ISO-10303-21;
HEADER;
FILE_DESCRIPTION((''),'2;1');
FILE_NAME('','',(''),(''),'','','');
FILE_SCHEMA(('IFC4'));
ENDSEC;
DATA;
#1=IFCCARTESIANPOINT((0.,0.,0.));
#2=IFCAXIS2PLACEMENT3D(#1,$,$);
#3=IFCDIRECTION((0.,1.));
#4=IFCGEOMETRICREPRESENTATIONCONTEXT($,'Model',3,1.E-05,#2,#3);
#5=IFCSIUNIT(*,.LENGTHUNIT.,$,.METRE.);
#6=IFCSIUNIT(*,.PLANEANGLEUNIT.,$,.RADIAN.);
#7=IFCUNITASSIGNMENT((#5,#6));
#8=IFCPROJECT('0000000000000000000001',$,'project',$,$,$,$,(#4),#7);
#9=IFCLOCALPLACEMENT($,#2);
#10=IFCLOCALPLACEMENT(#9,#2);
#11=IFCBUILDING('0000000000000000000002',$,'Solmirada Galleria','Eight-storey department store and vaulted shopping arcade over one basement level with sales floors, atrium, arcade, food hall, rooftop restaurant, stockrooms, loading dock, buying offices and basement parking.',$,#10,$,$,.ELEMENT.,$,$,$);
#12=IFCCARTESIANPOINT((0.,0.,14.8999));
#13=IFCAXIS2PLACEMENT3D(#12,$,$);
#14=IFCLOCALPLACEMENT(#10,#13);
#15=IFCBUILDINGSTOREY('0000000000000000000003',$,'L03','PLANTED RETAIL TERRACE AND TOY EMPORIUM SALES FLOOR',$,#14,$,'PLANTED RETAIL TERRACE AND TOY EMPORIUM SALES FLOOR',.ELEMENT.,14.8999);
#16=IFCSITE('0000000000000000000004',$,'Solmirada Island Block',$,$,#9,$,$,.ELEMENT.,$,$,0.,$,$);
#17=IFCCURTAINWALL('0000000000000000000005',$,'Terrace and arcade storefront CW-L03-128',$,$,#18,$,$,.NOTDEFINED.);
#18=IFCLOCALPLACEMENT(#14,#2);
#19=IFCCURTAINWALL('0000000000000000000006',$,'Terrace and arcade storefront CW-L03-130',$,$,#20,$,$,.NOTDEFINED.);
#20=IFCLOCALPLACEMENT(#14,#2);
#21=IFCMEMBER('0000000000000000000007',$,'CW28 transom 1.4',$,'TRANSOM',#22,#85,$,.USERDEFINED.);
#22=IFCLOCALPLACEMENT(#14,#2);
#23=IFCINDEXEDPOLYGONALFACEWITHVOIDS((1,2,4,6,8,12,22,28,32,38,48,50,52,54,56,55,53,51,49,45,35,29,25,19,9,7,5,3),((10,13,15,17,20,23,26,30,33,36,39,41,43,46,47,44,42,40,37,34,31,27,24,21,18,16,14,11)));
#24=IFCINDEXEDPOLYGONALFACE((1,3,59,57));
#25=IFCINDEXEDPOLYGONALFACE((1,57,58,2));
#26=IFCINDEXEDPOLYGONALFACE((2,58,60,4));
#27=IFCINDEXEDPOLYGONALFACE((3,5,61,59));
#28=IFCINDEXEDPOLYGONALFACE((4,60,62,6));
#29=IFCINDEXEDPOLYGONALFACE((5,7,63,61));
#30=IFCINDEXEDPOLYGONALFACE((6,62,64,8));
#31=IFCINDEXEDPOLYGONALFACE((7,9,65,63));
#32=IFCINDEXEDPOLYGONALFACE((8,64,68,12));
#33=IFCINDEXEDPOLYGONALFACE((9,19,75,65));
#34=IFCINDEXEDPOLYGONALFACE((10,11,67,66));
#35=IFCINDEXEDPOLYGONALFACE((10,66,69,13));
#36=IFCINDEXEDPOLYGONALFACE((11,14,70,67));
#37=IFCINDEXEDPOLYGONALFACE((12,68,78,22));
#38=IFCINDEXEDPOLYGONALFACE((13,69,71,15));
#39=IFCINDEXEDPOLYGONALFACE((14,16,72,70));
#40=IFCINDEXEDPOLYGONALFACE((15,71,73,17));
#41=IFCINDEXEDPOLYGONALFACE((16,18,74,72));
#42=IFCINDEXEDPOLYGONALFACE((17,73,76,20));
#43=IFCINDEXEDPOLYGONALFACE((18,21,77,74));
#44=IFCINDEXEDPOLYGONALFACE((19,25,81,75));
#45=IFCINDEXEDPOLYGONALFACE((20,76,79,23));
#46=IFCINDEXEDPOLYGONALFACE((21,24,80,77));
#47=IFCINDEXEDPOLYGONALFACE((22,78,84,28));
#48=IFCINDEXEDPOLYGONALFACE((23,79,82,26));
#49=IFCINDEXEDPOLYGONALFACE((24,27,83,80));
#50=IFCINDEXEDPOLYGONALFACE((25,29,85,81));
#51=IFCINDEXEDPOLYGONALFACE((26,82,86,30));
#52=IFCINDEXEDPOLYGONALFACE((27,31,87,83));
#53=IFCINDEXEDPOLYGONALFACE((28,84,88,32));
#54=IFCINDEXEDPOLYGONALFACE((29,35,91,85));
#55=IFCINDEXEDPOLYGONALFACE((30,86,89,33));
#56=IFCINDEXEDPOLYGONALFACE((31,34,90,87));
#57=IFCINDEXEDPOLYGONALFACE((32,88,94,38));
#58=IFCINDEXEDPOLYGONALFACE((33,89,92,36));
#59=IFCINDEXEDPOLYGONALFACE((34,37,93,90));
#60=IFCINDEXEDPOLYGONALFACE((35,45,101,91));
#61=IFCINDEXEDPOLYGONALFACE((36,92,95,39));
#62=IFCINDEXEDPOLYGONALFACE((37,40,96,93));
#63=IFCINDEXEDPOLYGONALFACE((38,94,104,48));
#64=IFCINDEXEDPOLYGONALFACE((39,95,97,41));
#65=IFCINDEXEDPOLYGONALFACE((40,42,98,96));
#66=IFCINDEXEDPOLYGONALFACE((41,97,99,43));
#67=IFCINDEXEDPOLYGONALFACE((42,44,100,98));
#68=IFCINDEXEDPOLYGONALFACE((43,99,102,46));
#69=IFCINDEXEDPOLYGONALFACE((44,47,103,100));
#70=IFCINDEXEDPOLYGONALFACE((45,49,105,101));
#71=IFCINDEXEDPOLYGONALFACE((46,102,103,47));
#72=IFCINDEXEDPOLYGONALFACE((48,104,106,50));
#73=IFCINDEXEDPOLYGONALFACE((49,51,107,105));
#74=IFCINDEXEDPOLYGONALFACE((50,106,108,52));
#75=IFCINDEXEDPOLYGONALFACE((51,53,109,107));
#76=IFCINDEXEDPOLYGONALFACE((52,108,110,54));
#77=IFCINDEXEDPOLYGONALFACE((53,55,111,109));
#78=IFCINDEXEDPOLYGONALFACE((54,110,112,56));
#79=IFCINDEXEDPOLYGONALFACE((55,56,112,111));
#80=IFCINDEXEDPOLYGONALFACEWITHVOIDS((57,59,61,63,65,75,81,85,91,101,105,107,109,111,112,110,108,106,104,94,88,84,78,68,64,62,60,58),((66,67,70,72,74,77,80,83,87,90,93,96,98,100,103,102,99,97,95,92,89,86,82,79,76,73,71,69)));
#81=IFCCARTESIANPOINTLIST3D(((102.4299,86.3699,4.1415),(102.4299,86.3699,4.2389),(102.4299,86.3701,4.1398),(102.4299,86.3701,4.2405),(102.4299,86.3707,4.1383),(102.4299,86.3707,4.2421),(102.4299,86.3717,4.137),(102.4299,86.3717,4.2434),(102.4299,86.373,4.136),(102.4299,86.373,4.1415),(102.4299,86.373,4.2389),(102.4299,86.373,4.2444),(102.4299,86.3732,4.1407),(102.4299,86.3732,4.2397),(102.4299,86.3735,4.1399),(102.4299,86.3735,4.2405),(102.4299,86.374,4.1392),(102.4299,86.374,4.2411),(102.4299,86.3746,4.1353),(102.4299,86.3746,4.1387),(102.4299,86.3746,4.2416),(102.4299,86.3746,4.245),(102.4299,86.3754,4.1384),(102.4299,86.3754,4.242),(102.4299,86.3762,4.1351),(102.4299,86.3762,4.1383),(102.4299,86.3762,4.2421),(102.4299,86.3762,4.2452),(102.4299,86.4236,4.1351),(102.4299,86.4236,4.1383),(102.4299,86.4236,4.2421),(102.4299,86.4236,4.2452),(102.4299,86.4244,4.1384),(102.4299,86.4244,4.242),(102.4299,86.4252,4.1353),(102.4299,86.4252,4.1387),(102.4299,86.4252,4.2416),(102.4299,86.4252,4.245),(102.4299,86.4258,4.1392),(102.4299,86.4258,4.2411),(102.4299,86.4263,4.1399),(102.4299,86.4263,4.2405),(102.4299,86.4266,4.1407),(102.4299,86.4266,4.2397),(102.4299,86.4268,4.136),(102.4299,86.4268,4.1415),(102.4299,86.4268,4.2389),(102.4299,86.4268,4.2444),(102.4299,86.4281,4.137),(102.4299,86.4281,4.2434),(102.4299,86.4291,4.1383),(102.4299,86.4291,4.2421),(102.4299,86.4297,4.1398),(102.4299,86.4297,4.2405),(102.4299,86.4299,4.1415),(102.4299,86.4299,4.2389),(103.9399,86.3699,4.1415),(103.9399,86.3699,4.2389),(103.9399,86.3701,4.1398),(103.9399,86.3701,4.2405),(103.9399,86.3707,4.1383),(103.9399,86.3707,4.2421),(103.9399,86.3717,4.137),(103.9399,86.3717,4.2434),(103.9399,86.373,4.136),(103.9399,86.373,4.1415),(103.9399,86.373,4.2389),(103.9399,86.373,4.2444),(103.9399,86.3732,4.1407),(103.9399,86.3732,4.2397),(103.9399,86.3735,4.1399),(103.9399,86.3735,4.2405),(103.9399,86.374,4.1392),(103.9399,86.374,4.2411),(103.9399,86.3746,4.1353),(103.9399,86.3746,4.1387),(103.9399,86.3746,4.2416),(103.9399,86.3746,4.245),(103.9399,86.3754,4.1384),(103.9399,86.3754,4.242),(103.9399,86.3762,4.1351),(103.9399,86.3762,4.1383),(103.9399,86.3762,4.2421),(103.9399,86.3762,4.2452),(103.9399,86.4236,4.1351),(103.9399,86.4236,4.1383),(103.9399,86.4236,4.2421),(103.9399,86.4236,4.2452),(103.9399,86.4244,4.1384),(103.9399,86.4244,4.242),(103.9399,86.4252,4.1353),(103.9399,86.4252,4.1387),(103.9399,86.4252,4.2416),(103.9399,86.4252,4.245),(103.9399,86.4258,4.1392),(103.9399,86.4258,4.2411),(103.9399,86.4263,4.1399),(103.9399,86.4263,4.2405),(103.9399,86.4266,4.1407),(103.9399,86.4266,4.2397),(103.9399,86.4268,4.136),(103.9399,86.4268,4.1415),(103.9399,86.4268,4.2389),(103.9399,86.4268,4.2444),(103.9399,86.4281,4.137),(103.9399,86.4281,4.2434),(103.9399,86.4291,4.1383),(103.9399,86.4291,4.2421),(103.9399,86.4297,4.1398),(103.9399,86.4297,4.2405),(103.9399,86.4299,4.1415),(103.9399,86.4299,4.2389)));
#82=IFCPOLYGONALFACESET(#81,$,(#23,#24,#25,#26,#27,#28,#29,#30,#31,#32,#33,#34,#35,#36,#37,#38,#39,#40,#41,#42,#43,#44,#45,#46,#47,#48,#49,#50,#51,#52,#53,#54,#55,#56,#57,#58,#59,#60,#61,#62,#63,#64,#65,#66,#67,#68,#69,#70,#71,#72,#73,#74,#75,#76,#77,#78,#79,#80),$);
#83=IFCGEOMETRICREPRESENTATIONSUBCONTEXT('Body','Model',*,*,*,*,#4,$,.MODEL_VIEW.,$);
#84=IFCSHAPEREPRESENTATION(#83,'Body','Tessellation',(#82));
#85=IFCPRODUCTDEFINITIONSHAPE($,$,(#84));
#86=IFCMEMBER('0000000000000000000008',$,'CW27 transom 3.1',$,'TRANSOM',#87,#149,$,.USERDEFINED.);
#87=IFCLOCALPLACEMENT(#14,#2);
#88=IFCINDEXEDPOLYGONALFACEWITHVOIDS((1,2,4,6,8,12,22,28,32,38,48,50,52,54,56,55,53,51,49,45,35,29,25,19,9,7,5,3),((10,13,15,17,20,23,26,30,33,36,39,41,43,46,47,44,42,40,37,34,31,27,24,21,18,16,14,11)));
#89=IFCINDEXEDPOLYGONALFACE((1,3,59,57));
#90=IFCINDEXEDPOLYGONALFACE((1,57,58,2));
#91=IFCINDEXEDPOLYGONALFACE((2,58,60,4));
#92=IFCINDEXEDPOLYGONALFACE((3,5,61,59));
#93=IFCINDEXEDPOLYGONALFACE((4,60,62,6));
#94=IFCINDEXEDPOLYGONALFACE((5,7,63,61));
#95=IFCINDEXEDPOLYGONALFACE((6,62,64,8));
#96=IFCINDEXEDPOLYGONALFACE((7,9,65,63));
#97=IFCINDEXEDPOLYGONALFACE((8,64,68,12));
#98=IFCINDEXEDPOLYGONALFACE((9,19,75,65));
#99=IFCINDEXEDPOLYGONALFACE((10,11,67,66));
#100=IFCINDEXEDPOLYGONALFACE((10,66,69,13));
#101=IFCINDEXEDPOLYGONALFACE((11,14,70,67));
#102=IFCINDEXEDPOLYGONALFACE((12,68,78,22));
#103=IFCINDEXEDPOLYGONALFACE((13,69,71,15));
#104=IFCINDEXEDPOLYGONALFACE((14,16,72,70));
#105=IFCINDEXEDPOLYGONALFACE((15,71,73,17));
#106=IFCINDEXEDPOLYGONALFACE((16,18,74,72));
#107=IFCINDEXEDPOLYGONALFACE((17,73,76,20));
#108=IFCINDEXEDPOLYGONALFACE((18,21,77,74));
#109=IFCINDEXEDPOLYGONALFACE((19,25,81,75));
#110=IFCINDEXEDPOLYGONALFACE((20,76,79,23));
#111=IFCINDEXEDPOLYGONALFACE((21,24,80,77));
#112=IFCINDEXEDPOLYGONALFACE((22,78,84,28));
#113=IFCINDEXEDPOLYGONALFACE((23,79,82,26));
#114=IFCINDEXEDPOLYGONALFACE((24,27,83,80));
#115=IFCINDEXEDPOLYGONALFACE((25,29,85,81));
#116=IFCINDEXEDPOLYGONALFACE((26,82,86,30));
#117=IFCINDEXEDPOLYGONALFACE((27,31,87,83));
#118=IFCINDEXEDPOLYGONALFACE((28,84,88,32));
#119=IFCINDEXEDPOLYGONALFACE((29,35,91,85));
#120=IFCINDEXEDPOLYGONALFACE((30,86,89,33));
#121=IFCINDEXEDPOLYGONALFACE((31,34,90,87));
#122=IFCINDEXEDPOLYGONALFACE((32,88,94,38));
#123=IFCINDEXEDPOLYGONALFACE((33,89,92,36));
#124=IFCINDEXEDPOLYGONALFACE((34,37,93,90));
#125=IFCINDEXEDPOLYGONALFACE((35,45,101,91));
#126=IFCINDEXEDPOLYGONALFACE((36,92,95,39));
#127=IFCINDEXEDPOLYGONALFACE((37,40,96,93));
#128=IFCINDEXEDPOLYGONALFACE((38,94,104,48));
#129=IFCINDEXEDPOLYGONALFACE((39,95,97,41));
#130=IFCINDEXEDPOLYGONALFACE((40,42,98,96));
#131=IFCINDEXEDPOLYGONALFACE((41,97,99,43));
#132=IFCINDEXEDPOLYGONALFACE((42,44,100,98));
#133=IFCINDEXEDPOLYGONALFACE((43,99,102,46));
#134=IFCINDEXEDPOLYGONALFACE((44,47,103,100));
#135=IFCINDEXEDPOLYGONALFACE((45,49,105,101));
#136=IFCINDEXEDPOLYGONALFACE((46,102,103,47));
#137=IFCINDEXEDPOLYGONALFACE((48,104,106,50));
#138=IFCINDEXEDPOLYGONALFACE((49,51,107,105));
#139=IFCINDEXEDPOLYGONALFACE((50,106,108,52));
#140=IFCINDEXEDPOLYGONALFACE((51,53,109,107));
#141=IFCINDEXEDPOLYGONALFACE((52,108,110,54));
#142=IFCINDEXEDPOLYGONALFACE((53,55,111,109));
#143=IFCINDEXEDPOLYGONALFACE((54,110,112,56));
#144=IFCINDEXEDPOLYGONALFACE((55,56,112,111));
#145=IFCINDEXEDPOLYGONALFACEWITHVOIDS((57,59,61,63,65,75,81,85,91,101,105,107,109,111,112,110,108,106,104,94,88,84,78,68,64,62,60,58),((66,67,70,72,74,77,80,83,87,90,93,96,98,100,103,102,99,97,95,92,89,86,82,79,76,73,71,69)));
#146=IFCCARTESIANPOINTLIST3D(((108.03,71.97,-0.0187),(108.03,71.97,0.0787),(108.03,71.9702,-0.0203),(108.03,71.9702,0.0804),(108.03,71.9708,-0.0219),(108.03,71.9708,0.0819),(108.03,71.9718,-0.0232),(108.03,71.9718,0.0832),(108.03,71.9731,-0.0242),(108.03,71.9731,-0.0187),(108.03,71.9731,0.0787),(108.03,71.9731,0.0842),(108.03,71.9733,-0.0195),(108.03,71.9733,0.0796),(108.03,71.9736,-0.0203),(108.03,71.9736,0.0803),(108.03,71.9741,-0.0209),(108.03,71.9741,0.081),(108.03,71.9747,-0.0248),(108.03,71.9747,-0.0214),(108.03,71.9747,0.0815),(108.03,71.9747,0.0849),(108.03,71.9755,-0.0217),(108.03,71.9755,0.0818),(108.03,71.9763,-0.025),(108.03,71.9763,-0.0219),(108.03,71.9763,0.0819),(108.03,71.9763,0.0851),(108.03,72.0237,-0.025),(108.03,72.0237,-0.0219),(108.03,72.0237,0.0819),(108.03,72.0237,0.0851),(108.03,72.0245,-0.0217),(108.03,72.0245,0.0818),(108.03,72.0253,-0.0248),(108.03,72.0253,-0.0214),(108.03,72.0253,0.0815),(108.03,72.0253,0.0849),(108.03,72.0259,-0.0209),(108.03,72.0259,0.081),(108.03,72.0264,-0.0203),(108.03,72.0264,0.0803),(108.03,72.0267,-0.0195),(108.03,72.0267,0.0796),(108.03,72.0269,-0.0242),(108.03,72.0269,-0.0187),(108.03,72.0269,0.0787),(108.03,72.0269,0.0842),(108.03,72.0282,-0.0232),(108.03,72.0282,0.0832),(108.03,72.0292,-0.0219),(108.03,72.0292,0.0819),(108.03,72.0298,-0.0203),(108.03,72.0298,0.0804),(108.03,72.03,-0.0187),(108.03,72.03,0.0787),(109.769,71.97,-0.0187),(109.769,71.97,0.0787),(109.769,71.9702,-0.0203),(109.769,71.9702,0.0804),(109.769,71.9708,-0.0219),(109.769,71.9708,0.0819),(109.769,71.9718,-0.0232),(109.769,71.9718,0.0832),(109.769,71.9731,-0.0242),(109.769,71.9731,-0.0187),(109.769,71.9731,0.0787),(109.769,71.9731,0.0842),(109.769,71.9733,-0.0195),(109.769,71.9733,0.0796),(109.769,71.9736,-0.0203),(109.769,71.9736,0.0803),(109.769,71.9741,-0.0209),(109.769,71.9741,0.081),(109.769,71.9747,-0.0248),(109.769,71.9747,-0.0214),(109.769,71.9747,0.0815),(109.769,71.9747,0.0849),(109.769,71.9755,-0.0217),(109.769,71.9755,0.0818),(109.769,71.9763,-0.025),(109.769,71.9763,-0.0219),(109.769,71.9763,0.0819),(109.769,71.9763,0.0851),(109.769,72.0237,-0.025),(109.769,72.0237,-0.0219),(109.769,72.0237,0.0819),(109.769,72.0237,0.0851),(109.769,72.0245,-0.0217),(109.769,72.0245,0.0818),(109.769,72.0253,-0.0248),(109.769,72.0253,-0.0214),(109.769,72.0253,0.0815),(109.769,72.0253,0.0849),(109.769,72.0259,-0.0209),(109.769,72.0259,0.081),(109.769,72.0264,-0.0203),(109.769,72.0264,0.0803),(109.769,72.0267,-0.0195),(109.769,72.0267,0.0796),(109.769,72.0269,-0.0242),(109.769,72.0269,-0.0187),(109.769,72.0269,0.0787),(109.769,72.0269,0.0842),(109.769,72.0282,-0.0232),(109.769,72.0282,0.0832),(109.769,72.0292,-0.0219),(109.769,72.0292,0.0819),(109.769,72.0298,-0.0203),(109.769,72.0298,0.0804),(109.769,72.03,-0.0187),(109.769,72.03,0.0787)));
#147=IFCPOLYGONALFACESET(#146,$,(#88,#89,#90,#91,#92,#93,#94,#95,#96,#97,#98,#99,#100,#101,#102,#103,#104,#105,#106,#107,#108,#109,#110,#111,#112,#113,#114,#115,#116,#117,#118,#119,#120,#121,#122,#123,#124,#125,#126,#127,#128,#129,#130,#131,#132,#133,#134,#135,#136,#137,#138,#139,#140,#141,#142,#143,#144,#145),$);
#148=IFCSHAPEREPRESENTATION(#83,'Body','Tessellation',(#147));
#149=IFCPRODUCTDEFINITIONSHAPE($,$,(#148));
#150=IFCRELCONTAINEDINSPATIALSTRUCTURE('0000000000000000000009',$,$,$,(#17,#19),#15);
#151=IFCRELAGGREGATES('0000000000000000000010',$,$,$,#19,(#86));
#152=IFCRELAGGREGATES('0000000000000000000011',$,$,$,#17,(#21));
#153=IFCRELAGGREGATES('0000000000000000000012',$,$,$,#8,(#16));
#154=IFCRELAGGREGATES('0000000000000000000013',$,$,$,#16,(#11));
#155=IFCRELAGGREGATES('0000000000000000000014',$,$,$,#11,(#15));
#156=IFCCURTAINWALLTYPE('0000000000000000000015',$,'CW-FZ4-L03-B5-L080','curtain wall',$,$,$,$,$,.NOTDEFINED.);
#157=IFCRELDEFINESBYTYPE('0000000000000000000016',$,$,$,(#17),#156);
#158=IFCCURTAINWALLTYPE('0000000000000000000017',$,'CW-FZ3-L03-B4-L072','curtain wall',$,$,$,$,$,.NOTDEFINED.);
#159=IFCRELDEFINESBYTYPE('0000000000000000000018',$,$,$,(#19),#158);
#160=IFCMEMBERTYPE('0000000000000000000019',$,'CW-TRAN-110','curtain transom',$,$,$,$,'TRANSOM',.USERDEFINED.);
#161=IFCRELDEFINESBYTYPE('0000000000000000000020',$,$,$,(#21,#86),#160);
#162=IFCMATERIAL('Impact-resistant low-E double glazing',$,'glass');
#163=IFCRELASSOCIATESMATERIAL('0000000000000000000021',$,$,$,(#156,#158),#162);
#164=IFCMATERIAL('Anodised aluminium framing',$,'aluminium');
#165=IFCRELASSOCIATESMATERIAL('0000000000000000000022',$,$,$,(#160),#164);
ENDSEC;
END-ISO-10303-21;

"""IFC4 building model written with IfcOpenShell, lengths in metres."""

from ifc_helpers import new_model, si_unit, direction, frame, origin, origin_2d, place, context, subcontext, project, spatial, hollow_rectangle, extrude, material, material_profile, profile_set, type_object, element, aggregate, save


model = new_model("IFC4")

# Units and contexts
model_context = context("Model", 3, precision=1e-05, world=origin(), true_north=direction((0.0, 1.0)))
body_context = subcontext(model_context, "Body", "Model", "MODEL_VIEW")
ifc_project = project(units=[si_unit("LENGTHUNIT", "METRE"), si_unit("PLANEANGLEUNIT", "RADIAN")], contexts=[model_context])

# Site, building, storey
site_placement = place(None, origin())
site = spatial("IfcSite", under=ifc_project, at=site_placement, Name="Solmirada Island Block", CompositionType="ELEMENT", RefElevation=0.0)
building_placement = place(site_placement, origin())
building = spatial("IfcBuilding", under=site, at=building_placement, Name="Solmirada Galleria", Description="Eight-storey department store and vaulted shopping arcade over one basement level with sales floors, atrium, arcade, food hall, rooftop restaurant, stockrooms, loading dock, buying offices and basement parking.", CompositionType="ELEMENT")
storey_placement = place(building_placement, frame((0.0, 0.0, 14.8999)))
storey = spatial("IfcBuildingStorey", under=building, at=storey_placement, Name="L03", Description="PLANTED RETAIL TERRACE AND TOY EMPORIUM SALES FLOOR", LongName="PLANTED RETAIL TERRACE AND TOY EMPORIUM SALES FLOOR", CompositionType="ELEMENT", Elevation=14.8999)

# Curtain wall
ifc_material_1 = material(Name="Impact-resistant low-E double glazing", Category="glass")
curtain_wall_type_1 = type_object("IfcCurtainWallType", Name="CW-FZ4-L03-B5-L080", Description="curtain wall", PredefinedType="NOTDEFINED", material=ifc_material_1)
curtain_wall_1_placement = place(storey_placement, origin())
curtain_wall_1 = element("IfcCurtainWall", 1, at=curtain_wall_1_placement, inside=storey, type_object=curtain_wall_type_1, Name="Terrace and arcade storefront CW-L03-128", PredefinedType="NOTDEFINED")
ifc_material_2 = material(Name="Anodised aluminium framing", Category="aluminium")

# Curtain wall
curtain_wall_type_2 = type_object("IfcCurtainWallType", Name="CW-FZ3-L03-B4-L072", Description="curtain wall", PredefinedType="NOTDEFINED", material=ifc_material_1)
curtain_wall_2_placement = place(storey_placement, origin())
curtain_wall_2 = element("IfcCurtainWall", 2, at=curtain_wall_2_placement, inside=storey, type_object=curtain_wall_type_2, Name="Terrace and arcade storefront CW-L03-130", PredefinedType="NOTDEFINED")

# Members
ifc_material_profile_1 = material_profile(ifc_material_2, hollow_rectangle(XDim=0.0601, YDim=0.1101, WallThickness=0.0032, InnerFilletRadius=0.0032, OuterFilletRadius=0.0063, at=origin_2d()), Name="ALU-TRAN-110X60")
ifc_profile_set_1 = profile_set([ifc_material_profile_1], Name="Anodised aluminium framing")
member_type_1 = type_object("IfcMemberType", Name="CW-TRAN-110", Description="curtain transom", ElementType="TRANSOM", PredefinedType="USERDEFINED", material=ifc_profile_set_1)
member_1_placement = place(storey_placement, frame((103.9399, 86.3999, 4.1902), z_axis=(-1.0, 0.0, 0.0), x_axis=(0.0, -1.0, 0.0)))
member_1 = element("IfcMember", 3, at=member_1_placement, type_object=member_type_1, Name="CW28 transom 1.4", ObjectType="TRANSOM", PredefinedType="USERDEFINED", context=body_context, shape_type="SweptSolid", body=[
    extrude(hollow_rectangle(XDim=0.0601, YDim=0.1101, WallThickness=0.0032, InnerFilletRadius=0.0032, OuterFilletRadius=0.0063, at=origin_2d()), origin(), (0.0, 0.0, 1.0), 1.51),
])
member_2_placement = place(storey_placement, frame((108.03, 72.0, 0.03), z_axis=(1.0, 0.0, 0.0), x_axis=(0.0, 1.0, 0.0)))
member_2 = element("IfcMember", 4, at=member_2_placement, type_object=member_type_1, Name="CW27 transom 3.1", ObjectType="TRANSOM", PredefinedType="USERDEFINED", context=body_context, shape_type="SweptSolid", body=[
    extrude(hollow_rectangle(XDim=0.0601, YDim=0.1101, WallThickness=0.0032, InnerFilletRadius=0.0032, OuterFilletRadius=0.0063, at=origin_2d()), origin(), (0.0, 0.0, 1.0), 1.739),
])

aggregate(curtain_wall_2, [member_2])
aggregate(curtain_wall_1, [member_1])

save(model, "model.ifc")
